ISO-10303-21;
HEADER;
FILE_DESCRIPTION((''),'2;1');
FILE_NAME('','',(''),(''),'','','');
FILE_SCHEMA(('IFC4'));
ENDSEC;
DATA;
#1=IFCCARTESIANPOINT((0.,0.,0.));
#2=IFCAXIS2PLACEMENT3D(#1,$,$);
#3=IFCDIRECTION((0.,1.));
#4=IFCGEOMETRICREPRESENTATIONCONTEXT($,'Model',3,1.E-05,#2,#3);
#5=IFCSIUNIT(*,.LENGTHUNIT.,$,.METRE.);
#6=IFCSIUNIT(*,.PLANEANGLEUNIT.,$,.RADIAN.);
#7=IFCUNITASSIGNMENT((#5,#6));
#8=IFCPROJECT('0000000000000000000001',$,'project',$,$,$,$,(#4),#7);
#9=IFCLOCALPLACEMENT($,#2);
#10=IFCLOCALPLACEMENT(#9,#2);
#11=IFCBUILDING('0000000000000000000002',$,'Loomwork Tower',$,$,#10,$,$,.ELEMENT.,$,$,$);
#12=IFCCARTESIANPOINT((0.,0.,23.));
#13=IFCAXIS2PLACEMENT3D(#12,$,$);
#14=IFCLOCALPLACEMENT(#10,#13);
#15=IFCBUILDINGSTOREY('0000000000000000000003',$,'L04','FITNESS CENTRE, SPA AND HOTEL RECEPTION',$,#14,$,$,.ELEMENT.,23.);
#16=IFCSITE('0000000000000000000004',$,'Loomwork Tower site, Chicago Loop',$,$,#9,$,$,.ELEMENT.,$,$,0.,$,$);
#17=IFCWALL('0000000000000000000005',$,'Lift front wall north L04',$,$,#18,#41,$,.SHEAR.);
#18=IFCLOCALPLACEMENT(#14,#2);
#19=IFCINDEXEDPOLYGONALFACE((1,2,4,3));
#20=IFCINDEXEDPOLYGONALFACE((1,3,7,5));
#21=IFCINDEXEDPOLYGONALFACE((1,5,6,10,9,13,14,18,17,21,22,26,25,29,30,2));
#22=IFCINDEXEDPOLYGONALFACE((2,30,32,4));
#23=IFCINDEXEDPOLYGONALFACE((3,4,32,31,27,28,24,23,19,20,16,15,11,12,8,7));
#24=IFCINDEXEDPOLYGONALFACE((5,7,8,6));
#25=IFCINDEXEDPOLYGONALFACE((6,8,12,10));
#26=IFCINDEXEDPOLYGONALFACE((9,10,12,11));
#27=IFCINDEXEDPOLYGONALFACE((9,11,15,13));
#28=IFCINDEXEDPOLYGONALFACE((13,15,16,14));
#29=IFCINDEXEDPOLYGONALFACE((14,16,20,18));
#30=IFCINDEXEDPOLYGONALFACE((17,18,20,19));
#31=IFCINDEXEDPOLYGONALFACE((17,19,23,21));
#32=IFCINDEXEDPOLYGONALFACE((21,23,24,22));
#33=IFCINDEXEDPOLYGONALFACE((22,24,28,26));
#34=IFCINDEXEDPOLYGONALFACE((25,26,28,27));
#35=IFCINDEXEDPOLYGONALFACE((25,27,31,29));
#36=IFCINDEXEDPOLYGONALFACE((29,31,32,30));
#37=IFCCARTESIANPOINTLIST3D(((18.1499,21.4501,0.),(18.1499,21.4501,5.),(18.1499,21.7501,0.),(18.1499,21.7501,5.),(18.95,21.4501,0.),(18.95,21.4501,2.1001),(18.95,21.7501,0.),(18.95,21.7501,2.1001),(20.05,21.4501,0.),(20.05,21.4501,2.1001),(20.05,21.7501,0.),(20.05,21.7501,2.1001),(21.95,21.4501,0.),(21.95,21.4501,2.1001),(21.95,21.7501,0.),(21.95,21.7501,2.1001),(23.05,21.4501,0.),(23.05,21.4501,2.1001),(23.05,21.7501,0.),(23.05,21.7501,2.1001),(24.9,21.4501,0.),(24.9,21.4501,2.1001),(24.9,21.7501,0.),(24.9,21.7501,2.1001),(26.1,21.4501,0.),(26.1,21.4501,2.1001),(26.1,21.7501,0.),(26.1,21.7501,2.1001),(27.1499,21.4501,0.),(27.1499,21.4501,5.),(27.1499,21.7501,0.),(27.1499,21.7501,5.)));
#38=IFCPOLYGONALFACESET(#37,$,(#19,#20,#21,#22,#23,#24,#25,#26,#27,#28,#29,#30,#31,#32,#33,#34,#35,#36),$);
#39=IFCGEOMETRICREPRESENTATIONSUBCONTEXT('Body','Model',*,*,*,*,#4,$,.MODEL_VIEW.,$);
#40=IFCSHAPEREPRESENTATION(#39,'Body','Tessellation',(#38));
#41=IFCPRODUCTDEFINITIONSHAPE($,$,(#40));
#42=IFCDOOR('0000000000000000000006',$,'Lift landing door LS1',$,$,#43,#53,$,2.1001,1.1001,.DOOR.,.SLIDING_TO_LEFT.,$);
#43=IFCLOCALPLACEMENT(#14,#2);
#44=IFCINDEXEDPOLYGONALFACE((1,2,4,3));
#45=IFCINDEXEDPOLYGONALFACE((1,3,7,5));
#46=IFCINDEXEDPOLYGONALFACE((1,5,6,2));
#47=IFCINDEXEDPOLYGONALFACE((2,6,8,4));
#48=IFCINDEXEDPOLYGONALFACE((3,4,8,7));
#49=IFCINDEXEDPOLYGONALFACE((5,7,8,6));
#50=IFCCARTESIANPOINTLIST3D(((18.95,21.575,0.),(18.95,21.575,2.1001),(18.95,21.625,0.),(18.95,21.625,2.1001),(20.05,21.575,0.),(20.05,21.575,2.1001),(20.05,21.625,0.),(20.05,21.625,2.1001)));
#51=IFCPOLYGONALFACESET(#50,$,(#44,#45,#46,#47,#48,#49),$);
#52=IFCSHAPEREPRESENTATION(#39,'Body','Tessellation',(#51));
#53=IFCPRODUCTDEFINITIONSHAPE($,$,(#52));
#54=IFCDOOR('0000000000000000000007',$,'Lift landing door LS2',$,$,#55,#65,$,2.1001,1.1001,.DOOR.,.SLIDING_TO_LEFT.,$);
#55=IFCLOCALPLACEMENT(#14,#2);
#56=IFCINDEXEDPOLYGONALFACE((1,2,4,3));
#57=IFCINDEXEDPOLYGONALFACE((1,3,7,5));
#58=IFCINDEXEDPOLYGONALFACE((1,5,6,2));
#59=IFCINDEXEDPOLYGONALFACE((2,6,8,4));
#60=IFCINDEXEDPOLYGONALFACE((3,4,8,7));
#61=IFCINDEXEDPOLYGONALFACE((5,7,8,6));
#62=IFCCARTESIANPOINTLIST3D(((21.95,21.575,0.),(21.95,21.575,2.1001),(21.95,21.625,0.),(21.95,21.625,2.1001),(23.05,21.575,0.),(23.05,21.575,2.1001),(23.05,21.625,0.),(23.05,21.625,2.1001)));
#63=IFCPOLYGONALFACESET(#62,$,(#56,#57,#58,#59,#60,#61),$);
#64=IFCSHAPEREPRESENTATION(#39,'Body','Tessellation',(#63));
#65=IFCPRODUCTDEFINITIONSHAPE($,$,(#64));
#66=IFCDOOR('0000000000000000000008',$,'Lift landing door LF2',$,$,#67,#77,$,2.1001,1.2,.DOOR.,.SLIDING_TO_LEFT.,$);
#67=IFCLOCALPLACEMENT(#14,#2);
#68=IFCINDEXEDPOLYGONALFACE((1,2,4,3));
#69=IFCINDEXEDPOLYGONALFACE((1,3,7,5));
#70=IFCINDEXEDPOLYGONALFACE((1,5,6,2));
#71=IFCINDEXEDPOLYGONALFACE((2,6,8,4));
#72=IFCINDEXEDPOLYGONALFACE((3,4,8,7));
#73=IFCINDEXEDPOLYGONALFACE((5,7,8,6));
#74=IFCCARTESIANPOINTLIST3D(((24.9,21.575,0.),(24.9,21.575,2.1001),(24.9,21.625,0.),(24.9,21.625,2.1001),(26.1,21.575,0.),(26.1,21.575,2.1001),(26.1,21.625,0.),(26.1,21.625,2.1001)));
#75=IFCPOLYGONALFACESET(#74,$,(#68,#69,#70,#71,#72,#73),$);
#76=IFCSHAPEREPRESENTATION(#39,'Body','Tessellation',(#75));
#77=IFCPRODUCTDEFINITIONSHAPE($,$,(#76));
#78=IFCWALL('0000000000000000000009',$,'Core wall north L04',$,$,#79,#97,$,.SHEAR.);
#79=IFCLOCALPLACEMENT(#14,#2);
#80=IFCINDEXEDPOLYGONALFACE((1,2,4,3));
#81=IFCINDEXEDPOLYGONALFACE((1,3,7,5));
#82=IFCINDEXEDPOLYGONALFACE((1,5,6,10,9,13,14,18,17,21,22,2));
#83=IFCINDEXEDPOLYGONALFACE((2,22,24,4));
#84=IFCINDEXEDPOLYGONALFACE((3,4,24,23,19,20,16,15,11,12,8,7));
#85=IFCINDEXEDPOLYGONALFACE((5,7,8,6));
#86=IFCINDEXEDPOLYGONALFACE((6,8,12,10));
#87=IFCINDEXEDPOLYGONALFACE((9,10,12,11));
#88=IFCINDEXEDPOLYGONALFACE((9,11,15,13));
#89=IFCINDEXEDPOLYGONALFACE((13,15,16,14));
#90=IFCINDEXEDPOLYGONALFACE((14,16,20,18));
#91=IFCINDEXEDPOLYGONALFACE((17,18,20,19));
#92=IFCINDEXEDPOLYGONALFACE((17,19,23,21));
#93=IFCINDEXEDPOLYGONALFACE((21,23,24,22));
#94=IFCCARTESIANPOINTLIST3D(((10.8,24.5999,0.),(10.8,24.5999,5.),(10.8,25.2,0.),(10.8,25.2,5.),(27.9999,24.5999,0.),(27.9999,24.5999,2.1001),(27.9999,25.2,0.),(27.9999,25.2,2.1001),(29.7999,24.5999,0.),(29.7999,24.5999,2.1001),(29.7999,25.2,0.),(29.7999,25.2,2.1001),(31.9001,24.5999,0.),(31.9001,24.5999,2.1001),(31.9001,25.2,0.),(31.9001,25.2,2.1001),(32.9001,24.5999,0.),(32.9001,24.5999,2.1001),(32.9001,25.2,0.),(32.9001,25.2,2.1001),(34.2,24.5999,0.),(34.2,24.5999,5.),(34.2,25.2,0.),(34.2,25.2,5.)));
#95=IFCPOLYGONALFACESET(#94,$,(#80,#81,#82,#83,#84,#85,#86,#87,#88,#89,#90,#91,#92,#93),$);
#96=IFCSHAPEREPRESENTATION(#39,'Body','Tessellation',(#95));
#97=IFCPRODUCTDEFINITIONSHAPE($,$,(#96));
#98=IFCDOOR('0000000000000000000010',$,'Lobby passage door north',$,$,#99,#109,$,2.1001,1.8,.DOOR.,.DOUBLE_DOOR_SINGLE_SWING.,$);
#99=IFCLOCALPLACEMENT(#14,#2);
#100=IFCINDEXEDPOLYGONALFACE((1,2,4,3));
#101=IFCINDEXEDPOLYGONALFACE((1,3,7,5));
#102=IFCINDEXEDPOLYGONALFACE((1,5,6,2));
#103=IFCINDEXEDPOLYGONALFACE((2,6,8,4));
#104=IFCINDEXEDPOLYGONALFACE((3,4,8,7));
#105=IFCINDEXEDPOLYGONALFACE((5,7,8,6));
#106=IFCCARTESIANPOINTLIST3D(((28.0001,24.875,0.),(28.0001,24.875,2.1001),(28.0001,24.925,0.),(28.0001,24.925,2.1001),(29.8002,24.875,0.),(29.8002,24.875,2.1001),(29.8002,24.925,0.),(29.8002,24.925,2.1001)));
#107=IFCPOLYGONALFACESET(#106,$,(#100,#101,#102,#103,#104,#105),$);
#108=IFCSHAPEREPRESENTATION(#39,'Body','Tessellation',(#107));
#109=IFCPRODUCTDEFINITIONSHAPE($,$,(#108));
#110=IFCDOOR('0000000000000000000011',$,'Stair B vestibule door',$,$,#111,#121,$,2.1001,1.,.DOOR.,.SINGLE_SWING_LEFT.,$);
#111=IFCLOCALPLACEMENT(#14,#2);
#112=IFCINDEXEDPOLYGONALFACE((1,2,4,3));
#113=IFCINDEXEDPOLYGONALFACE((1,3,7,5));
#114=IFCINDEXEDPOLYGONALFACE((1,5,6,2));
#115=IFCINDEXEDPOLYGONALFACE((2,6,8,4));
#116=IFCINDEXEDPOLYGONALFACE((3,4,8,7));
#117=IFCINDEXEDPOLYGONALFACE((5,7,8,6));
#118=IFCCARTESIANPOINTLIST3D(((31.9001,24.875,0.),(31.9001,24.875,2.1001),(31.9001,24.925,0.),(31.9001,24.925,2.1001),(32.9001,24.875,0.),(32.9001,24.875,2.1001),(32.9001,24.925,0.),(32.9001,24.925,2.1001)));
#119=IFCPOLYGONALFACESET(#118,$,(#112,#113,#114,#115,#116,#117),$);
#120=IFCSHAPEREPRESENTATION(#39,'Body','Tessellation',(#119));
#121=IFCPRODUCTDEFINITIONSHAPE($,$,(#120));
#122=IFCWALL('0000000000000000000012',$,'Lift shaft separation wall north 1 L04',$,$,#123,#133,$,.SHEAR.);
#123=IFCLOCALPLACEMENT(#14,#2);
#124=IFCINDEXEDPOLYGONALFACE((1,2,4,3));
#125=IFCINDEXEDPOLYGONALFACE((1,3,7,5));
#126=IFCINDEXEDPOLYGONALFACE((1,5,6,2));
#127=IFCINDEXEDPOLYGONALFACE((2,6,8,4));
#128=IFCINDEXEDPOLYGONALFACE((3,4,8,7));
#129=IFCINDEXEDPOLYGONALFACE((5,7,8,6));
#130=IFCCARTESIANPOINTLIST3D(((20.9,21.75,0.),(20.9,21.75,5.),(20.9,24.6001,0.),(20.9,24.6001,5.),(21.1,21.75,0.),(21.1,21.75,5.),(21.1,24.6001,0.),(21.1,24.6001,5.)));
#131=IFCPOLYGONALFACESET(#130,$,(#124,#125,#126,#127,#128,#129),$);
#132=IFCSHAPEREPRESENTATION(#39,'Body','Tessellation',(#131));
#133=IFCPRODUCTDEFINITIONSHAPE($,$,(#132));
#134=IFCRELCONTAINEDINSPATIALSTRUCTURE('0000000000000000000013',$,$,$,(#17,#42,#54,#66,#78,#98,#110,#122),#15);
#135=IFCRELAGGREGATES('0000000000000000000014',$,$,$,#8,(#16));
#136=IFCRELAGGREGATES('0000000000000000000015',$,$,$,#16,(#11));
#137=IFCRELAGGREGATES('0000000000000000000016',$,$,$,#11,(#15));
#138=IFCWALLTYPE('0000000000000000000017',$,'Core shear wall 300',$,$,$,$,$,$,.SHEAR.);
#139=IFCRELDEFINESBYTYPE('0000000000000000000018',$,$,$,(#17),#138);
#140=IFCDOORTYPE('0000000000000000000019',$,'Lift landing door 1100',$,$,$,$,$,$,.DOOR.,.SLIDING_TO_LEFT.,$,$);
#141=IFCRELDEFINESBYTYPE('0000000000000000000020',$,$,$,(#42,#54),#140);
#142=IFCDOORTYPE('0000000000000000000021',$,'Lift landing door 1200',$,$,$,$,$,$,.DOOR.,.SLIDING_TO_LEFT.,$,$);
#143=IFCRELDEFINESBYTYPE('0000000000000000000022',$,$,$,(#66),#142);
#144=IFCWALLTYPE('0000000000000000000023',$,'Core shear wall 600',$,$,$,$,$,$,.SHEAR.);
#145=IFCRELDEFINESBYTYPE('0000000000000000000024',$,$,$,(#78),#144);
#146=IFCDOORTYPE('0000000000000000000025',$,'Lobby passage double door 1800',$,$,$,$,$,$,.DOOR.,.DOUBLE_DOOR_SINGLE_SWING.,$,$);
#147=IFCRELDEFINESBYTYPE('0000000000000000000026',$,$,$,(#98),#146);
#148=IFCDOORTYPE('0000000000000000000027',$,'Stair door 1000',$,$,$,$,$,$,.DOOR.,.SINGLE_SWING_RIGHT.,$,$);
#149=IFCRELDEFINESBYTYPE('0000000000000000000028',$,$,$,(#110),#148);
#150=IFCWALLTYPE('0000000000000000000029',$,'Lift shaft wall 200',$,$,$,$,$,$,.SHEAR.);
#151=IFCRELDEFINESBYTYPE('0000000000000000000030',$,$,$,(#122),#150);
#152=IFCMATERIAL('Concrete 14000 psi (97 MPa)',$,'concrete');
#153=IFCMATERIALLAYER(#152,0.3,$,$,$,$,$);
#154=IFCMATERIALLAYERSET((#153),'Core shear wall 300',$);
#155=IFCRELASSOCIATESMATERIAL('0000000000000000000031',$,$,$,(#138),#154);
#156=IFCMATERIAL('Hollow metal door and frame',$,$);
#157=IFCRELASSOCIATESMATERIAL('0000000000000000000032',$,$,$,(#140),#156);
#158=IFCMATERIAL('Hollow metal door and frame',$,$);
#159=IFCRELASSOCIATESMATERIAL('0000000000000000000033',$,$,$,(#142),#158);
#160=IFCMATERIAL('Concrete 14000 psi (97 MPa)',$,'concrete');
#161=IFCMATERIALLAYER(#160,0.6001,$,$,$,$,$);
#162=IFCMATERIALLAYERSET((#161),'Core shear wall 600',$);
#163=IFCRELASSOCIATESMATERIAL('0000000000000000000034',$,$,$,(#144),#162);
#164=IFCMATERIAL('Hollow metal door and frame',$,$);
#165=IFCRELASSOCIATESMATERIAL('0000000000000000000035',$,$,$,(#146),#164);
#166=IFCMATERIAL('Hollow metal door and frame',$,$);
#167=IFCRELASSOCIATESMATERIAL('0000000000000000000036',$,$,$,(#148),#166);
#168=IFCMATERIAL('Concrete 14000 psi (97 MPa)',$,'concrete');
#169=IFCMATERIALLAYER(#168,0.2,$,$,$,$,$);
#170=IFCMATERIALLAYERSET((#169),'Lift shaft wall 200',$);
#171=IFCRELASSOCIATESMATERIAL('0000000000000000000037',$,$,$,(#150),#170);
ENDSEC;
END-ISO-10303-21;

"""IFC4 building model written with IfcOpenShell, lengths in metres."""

from ifc_helpers import new_model, si_unit, direction, frame, frame_2d, origin, place, context, subcontext, project, spatial, rectangle, extrude, material, layer, layer_set, type_object, element, fill, save


model = new_model("IFC4")

# Units and contexts
model_context = context("Model", 3, precision=1e-05, world=origin(), true_north=direction((0.0, 1.0)))
body_context = subcontext(model_context, "Body", "Model", "MODEL_VIEW")
ifc_project = project(units=[si_unit("LENGTHUNIT", "METRE"), si_unit("PLANEANGLEUNIT", "RADIAN")], contexts=[model_context])

# Site, building, storey
site_placement = place(None, origin())
site = spatial("IfcSite", under=ifc_project, at=site_placement, Name="Loomwork Tower site, Chicago Loop", CompositionType="ELEMENT", RefElevation=0.0)
building_placement = place(site_placement, origin())
building = spatial("IfcBuilding", under=site, at=building_placement, Name="Loomwork Tower", CompositionType="ELEMENT")
storey_placement = place(building_placement, frame((0.0, 0.0, 23.0)))
storey = spatial("IfcBuildingStorey", under=building, at=storey_placement, Name="L04", Description="FITNESS CENTRE, SPA AND HOTEL RECEPTION", CompositionType="ELEMENT", Elevation=23.0)

# Walls, openings, doors
ifc_material_1 = material(Name="Concrete 14000 psi (97 MPa)", Category="concrete")
ifc_layer_1 = layer(ifc_material_1, 0.3)
ifc_layer_set_1 = layer_set([ifc_layer_1], Name="Core shear wall 300")
wall_type_1 = type_object("IfcWallType", Name="Core shear wall 300", PredefinedType="SHEAR", material=ifc_layer_set_1)
wall_1_placement = place(storey_placement, frame((18.1499, 21.6001, 0.0), z_axis=(0.0, 0.0, 1.0), x_axis=(1.0, 0.0, 0.0)))
wall_1 = element("IfcWall", 1, at=wall_1_placement, inside=storey, type_object=wall_type_1, Name="Lift front wall north L04", PredefinedType="SHEAR", context=body_context, shape_type="SweptSolid", body=[
    extrude(rectangle(XDim=9.0, YDim=0.3, at=frame_2d((4.5, 0.0))), origin(), (0.0, 0.0, 1.0), 5.0),
])
opening_1_placement = place(wall_1_placement, frame((0.8, 0.0, 0.0)))
opening_1 = element("IfcOpeningElement", 2, at=opening_1_placement, cuts=wall_1, PredefinedType="OPENING", context=body_context, shape_type="SweptSolid", body=[
    extrude(rectangle(XDim=1.1001, YDim=2.1001, at=frame_2d((0.55, 1.05))), frame((0.0, 0.1599, 0.0), z_axis=(0.0, -1.0, 0.0), x_axis=(1.0, 0.0, 0.0)), (0.0, 0.0, 1.0), 0.3201),
])
opening_2_placement = place(wall_1_placement, frame((3.8, 0.0, 0.0)))
opening_2 = element("IfcOpeningElement", 3, at=opening_2_placement, cuts=wall_1, PredefinedType="OPENING", context=body_context, shape_type="SweptSolid", body=[
    extrude(rectangle(XDim=1.1001, YDim=2.1001, at=frame_2d((0.55, 1.05))), frame((0.0, 0.1599, 0.0), z_axis=(0.0, -1.0, 0.0), x_axis=(1.0, 0.0, 0.0)), (0.0, 0.0, 1.0), 0.3201),
])
opening_3_placement = place(wall_1_placement, frame((6.75, 0.0, 0.0)))
opening_3 = element("IfcOpeningElement", 4, at=opening_3_placement, cuts=wall_1, PredefinedType="OPENING", context=body_context, shape_type="SweptSolid", body=[
    extrude(rectangle(XDim=1.2, YDim=2.1001, at=frame_2d((0.6001, 1.05))), frame((0.0, 0.1599, 0.0), z_axis=(0.0, -1.0, 0.0), x_axis=(1.0, 0.0, 0.0)), (0.0, 0.0, 1.0), 0.3201),
])
ifc_material_2 = material(Name="Hollow metal door and frame")
door_type_1 = type_object("IfcDoorType", Name="Lift landing door 1100", OperationType="SLIDING_TO_LEFT", PredefinedType="DOOR", material=ifc_material_2)
door_1_placement = place(opening_1_placement, origin())
door_1 = element("IfcDoor", 5, at=door_1_placement, inside=storey, type_object=door_type_1, Name="Lift landing door LS1", OperationType="SLIDING_TO_LEFT", OverallHeight=2.1001, OverallWidth=1.1001, PredefinedType="DOOR", context=body_context, shape_type="SweptSolid", body=[
    extrude(rectangle(XDim=1.1001, YDim=2.1001, at=frame_2d((0.55, 1.05))), frame((0.0, 0.0249, 0.0), z_axis=(0.0, -1.0, 0.0), x_axis=(1.0, 0.0, 0.0)), (0.0, 0.0, 1.0), 0.05),
])
fill(opening_1, door_1)
door_2_placement = place(opening_2_placement, origin())
door_2 = element("IfcDoor", 6, at=door_2_placement, inside=storey, type_object=door_type_1, Name="Lift landing door LS2", OperationType="SLIDING_TO_LEFT", OverallHeight=2.1001, OverallWidth=1.1001, PredefinedType="DOOR", context=body_context, shape_type="SweptSolid", body=[
    extrude(rectangle(XDim=1.1001, YDim=2.1001, at=frame_2d((0.55, 1.05))), frame((0.0, 0.0249, 0.0), z_axis=(0.0, -1.0, 0.0), x_axis=(1.0, 0.0, 0.0)), (0.0, 0.0, 1.0), 0.05),
])
fill(opening_2, door_2)
ifc_material_3 = material(Name="Hollow metal door and frame")
door_type_2 = type_object("IfcDoorType", Name="Lift landing door 1200", OperationType="SLIDING_TO_LEFT", PredefinedType="DOOR", material=ifc_material_3)
door_3_placement = place(opening_3_placement, origin())
door_3 = element("IfcDoor", 7, at=door_3_placement, inside=storey, type_object=door_type_2, Name="Lift landing door LF2", OperationType="SLIDING_TO_LEFT", OverallHeight=2.1001, OverallWidth=1.2, PredefinedType="DOOR", context=body_context, shape_type="SweptSolid", body=[
    extrude(rectangle(XDim=1.2, YDim=2.1001, at=frame_2d((0.6001, 1.05))), frame((0.0, 0.0249, 0.0), z_axis=(0.0, -1.0, 0.0), x_axis=(1.0, 0.0, 0.0)), (0.0, 0.0, 1.0), 0.05),
])
fill(opening_3, door_3)
ifc_material_4 = material(Name="Concrete 14000 psi (97 MPa)", Category="concrete")
ifc_layer_2 = layer(ifc_material_4, 0.6001)
ifc_layer_set_2 = layer_set([ifc_layer_2], Name="Core shear wall 600")
wall_type_2 = type_object("IfcWallType", Name="Core shear wall 600", PredefinedType="SHEAR", material=ifc_layer_set_2)
wall_2_placement = place(storey_placement, frame((10.8, 24.8999, 0.0), z_axis=(0.0, 0.0, 1.0), x_axis=(1.0, 0.0, 0.0)))
wall_2 = element("IfcWall", 8, at=wall_2_placement, inside=storey, type_object=wall_type_2, Name="Core wall north L04", PredefinedType="SHEAR", context=body_context, shape_type="SweptSolid", body=[
    extrude(rectangle(XDim=23.3999, YDim=0.6001, at=frame_2d((11.7, 0.0))), origin(), (0.0, 0.0, 1.0), 5.0),
])
opening_4_placement = place(wall_2_placement, frame((17.2, 0.0, 0.0)))
opening_4 = element("IfcOpeningElement", 9, at=opening_4_placement, cuts=wall_2, PredefinedType="OPENING", context=body_context, shape_type="SweptSolid", body=[
    extrude(rectangle(XDim=1.8, YDim=2.1001, at=frame_2d((0.8999, 1.05))), frame((0.0, 0.3101, 0.0), z_axis=(0.0, -1.0, 0.0), x_axis=(1.0, 0.0, 0.0)), (0.0, 0.0, 1.0), 0.6201),
])
opening_5_placement = place(wall_2_placement, frame((21.1001, 0.0, 0.0)))
opening_5 = element("IfcOpeningElement", 10, at=opening_5_placement, cuts=wall_2, PredefinedType="OPENING", context=body_context, shape_type="SweptSolid", body=[
    extrude(rectangle(XDim=1.0, YDim=2.1001, at=frame_2d((0.5, 1.05))), frame((0.0, 0.3101, 0.0), z_axis=(0.0, -1.0, 0.0), x_axis=(1.0, 0.0, 0.0)), (0.0, 0.0, 1.0), 0.6201),
])
ifc_material_5 = material(Name="Hollow metal door and frame")
door_type_3 = type_object("IfcDoorType", Name="Lobby passage double door 1800", OperationType="DOUBLE_DOOR_SINGLE_SWING", PredefinedType="DOOR", material=ifc_material_5)
door_4_placement = place(opening_4_placement, frame((1.8, 0.0, 0.0), z_axis=(0.0, 0.0, 1.0), x_axis=(-1.0, 0.0, 0.0)))
door_4 = element("IfcDoor", 11, at=door_4_placement, inside=storey, type_object=door_type_3, Name="Lobby passage door north", OperationType="DOUBLE_DOOR_SINGLE_SWING", OverallHeight=2.1001, OverallWidth=1.8, PredefinedType="DOOR", context=body_context, shape_type="SweptSolid", body=[
    extrude(rectangle(XDim=1.8, YDim=2.1001, at=frame_2d((0.8999, 1.05))), frame((0.0, 0.0249, 0.0), z_axis=(0.0, -1.0, 0.0), x_axis=(1.0, 0.0, 0.0)), (0.0, 0.0, 1.0), 0.05),
])
fill(opening_4, door_4)
ifc_material_6 = material(Name="Hollow metal door and frame")
door_type_4 = type_object("IfcDoorType", Name="Stair door 1000", OperationType="SINGLE_SWING_RIGHT", PredefinedType="DOOR", material=ifc_material_6)
door_5_placement = place(opening_5_placement, frame((1.0, 0.0, 0.0), z_axis=(0.0, 0.0, 1.0), x_axis=(-1.0, 0.0, 0.0)))
door_5 = element("IfcDoor", 12, at=door_5_placement, inside=storey, type_object=door_type_4, Name="Stair B vestibule door", OperationType="SINGLE_SWING_LEFT", OverallHeight=2.1001, OverallWidth=1.0, PredefinedType="DOOR", context=body_context, shape_type="SweptSolid", body=[
    extrude(rectangle(XDim=1.0, YDim=2.1001, at=frame_2d((0.5, 1.05))), frame((0.0, 0.0249, 0.0), z_axis=(0.0, -1.0, 0.0), x_axis=(1.0, 0.0, 0.0)), (0.0, 0.0, 1.0), 0.05),
])
fill(opening_5, door_5)

# Wall
ifc_material_7 = material(Name="Concrete 14000 psi (97 MPa)", Category="concrete")
ifc_layer_3 = layer(ifc_material_7, 0.2)
ifc_layer_set_3 = layer_set([ifc_layer_3], Name="Lift shaft wall 200")
wall_type_3 = type_object("IfcWallType", Name="Lift shaft wall 200", PredefinedType="SHEAR", material=ifc_layer_set_3)
wall_3_placement = place(storey_placement, frame((21.0, 21.75, 0.0), z_axis=(0.0, 0.0, 1.0), x_axis=(0.0, 1.0, 0.0)))
element("IfcWall", 13, at=wall_3_placement, inside=storey, type_object=wall_type_3, Name="Lift shaft separation wall north 1 L04", PredefinedType="SHEAR", context=body_context, shape_type="SweptSolid", body=[
    extrude(rectangle(XDim=2.8501, YDim=0.2, at=frame_2d((1.425, 0.0))), origin(), (0.0, 0.0, 1.0), 5.0),
])

save(model, "model.ifc")
